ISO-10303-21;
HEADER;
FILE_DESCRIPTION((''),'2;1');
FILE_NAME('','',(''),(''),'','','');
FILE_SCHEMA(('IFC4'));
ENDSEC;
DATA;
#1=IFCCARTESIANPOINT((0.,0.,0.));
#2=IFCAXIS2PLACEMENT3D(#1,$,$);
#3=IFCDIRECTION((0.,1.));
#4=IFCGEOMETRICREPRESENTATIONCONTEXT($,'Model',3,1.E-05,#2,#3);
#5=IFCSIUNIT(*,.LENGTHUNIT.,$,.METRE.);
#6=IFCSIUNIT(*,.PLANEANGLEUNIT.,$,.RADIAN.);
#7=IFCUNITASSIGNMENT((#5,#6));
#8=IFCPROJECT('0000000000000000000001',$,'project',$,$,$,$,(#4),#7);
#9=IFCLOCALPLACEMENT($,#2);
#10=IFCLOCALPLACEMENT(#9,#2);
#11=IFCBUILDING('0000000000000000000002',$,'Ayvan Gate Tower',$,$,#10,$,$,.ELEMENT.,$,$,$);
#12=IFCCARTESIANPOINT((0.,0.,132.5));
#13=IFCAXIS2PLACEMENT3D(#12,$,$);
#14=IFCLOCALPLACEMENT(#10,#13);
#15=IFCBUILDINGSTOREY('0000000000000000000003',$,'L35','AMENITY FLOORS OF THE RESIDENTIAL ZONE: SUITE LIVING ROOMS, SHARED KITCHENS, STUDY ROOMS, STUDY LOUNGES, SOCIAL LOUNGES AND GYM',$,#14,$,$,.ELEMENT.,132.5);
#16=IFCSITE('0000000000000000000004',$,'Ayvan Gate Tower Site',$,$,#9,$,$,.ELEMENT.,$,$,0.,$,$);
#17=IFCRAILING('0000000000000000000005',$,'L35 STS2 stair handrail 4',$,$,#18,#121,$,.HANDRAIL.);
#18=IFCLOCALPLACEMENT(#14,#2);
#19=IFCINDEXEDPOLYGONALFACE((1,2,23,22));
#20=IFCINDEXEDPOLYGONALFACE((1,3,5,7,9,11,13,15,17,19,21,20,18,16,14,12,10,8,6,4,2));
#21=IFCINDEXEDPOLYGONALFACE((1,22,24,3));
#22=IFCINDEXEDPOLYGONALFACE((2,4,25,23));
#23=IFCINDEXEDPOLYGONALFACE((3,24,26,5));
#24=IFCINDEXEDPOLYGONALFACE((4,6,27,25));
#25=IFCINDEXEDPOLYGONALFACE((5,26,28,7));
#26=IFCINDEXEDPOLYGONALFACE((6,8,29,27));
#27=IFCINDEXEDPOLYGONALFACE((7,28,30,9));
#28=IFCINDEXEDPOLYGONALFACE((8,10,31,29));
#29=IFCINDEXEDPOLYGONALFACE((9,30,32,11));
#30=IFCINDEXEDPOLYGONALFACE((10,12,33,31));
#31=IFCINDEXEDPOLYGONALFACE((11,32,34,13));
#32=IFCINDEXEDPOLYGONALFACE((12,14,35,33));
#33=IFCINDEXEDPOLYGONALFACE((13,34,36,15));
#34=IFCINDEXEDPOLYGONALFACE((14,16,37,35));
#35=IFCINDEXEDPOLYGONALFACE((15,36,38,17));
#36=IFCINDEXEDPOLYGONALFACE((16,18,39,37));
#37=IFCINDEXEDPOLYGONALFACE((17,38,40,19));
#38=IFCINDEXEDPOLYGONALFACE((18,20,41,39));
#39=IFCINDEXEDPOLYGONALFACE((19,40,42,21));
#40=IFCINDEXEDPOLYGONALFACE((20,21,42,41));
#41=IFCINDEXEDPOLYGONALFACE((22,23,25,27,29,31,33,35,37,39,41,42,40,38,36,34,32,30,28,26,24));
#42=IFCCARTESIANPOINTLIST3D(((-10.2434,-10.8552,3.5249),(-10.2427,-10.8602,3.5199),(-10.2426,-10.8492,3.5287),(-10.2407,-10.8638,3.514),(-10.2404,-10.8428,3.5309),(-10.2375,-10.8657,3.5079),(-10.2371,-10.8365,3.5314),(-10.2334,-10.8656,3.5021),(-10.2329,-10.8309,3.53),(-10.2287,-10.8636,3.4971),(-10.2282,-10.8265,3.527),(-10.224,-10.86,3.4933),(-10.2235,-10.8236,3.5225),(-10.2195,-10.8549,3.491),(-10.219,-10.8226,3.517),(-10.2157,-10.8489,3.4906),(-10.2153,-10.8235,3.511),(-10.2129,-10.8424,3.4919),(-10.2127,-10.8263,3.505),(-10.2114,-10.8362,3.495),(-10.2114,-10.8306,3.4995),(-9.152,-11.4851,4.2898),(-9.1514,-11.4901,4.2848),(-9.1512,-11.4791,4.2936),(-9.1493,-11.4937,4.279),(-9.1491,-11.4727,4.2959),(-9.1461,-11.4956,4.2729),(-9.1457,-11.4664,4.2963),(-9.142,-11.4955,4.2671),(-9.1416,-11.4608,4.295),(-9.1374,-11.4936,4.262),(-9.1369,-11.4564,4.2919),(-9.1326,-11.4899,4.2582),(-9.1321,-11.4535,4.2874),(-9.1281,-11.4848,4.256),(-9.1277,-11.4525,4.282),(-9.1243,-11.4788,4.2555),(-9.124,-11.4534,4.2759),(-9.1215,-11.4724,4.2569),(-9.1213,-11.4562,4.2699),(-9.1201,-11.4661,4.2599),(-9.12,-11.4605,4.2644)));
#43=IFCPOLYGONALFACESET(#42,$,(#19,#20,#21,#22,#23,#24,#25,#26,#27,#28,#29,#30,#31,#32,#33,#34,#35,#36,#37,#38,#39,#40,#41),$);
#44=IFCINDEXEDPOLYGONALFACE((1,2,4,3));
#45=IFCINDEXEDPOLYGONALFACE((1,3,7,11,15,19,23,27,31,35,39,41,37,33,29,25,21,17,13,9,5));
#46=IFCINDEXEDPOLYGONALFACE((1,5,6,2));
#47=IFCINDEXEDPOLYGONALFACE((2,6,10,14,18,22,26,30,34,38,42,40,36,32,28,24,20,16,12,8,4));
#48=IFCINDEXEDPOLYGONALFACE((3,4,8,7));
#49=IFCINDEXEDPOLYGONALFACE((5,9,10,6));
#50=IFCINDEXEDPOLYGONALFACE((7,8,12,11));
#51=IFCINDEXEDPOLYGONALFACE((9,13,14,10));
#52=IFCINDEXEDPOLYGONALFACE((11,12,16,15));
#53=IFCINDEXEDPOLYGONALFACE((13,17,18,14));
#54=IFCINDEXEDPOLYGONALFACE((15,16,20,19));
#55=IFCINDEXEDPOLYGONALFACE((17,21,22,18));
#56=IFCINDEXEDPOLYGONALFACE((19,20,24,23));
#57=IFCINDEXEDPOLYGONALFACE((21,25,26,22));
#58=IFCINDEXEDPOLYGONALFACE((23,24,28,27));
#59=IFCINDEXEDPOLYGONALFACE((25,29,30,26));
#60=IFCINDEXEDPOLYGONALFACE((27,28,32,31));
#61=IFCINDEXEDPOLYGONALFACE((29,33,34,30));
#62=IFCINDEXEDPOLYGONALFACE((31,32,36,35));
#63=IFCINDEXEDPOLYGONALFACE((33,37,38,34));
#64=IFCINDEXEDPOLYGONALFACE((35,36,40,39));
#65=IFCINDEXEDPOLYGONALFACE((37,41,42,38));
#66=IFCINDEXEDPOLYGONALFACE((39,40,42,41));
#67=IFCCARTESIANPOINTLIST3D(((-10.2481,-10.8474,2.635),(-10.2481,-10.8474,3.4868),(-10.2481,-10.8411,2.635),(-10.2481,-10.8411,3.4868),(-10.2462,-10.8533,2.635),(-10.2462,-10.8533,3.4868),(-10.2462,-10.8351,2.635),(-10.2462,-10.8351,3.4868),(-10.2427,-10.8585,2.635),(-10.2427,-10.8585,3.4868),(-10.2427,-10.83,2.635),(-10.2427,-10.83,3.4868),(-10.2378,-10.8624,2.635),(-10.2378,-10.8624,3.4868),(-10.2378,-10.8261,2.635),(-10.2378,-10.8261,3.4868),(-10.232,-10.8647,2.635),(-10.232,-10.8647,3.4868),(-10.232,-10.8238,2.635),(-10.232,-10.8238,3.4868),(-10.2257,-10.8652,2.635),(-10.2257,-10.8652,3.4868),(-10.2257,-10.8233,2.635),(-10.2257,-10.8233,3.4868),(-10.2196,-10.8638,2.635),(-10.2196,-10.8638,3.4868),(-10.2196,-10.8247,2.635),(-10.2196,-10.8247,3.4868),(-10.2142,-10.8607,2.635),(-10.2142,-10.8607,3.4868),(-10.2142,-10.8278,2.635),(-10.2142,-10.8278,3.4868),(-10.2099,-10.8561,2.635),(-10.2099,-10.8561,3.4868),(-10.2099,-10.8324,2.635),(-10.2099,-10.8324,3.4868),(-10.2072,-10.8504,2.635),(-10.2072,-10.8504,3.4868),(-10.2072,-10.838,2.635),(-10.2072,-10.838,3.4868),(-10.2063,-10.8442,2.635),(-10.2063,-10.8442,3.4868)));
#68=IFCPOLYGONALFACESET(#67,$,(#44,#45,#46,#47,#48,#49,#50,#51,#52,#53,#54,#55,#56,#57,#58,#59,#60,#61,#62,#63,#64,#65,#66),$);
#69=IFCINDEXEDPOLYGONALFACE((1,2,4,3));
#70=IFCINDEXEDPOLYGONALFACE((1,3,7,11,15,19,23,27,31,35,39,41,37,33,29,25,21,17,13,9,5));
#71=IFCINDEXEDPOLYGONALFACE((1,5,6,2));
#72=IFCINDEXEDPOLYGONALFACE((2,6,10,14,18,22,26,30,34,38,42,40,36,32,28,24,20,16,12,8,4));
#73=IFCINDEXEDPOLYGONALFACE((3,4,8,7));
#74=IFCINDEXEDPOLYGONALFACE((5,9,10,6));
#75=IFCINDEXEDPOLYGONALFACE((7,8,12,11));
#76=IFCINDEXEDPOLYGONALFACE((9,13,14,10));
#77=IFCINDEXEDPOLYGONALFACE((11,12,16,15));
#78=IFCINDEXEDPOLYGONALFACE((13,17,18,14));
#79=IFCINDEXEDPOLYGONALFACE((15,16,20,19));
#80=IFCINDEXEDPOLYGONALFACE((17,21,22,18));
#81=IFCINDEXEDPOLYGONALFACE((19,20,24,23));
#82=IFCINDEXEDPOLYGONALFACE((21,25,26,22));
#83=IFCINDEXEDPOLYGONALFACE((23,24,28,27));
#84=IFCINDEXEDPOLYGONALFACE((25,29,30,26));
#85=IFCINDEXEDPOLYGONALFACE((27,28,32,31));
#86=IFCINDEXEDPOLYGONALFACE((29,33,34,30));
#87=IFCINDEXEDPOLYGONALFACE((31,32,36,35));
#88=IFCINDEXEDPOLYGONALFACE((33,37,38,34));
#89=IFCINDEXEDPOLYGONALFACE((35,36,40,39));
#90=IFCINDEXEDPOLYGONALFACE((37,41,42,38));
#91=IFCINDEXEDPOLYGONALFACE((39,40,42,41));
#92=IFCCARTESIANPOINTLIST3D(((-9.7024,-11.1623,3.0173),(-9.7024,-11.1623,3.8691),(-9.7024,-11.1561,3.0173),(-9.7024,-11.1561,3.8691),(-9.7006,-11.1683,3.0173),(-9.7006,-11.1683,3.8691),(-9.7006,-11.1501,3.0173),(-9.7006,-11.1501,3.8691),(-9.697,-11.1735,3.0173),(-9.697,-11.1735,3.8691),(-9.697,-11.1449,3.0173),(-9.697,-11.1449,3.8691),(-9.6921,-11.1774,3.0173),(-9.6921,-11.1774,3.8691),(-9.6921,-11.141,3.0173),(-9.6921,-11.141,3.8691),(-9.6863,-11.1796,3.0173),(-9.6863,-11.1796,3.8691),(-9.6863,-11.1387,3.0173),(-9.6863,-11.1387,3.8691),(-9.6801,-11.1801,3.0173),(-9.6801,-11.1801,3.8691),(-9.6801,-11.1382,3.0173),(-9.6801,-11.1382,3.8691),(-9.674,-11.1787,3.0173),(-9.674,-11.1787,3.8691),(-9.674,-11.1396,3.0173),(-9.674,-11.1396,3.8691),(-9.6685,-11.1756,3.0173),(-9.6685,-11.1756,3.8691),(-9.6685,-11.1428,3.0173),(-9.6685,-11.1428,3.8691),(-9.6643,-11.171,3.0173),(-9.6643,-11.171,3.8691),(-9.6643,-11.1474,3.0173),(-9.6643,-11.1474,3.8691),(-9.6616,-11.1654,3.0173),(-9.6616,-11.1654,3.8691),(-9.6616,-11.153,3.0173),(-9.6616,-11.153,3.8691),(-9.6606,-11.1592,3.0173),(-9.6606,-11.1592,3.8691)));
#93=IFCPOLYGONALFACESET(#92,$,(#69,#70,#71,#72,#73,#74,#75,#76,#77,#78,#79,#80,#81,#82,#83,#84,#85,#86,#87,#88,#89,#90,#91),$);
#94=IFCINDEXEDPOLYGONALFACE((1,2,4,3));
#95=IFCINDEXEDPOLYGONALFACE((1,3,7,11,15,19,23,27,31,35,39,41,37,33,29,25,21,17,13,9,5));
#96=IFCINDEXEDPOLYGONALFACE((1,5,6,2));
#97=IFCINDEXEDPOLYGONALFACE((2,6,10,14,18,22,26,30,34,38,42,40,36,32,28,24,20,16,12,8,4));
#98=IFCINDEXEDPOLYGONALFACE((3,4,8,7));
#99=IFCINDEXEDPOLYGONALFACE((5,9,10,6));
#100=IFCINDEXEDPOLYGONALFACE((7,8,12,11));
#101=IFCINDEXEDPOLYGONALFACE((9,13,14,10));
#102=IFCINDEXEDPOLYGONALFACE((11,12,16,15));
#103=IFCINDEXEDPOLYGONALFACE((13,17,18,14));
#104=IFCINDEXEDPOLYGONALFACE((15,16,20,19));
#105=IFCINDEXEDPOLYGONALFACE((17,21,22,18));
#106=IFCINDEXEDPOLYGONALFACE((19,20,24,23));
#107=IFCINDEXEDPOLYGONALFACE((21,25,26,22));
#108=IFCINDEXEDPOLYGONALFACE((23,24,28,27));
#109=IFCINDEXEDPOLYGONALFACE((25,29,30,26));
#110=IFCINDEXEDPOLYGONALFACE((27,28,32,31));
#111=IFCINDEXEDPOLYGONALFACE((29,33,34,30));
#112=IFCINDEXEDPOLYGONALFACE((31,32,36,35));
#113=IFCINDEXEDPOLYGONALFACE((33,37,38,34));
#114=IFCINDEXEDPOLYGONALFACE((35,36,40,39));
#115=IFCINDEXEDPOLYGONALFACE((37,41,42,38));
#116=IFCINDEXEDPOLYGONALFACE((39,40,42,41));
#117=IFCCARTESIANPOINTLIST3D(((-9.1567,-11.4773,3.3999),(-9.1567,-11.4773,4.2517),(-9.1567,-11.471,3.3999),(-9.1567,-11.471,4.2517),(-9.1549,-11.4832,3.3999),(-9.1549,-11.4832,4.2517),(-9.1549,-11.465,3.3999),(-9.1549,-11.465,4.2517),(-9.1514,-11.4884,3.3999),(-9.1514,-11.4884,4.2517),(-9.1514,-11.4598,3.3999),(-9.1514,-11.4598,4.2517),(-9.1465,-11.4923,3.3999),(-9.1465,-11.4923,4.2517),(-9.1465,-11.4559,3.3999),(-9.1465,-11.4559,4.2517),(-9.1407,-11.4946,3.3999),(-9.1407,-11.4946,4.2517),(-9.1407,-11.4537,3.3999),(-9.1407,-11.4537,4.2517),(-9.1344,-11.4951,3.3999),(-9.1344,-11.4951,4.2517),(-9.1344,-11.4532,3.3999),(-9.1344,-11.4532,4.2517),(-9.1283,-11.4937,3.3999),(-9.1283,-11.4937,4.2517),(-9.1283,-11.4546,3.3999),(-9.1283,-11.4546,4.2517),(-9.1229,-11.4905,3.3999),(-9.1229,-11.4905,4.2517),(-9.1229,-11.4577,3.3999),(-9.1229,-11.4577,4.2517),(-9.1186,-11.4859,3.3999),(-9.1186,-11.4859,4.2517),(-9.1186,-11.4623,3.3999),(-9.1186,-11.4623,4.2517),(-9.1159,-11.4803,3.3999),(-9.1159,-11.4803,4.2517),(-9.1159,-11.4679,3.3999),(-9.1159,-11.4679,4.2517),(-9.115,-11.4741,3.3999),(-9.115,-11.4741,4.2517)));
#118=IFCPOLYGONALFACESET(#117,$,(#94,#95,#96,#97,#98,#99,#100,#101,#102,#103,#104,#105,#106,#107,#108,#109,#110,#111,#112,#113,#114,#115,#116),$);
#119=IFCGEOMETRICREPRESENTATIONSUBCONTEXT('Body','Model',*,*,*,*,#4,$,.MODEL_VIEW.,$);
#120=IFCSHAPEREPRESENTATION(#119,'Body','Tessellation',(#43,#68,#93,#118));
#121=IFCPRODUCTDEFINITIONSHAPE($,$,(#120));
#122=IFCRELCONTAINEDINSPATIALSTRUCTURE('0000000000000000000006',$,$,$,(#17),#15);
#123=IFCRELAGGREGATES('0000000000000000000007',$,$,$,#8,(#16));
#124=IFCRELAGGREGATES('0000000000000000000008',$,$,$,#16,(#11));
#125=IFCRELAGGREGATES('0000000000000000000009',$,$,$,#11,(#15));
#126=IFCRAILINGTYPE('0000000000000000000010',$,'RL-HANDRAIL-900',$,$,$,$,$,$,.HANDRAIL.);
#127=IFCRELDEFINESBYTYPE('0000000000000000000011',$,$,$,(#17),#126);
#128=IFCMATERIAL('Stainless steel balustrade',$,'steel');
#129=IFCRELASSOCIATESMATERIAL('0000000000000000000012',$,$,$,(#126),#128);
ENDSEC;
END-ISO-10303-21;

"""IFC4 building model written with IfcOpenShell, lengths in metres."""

from ifc_helpers import new_model, si_unit, direction, frame, origin, origin_2d, place, context, subcontext, project, spatial, circle, extrude, material, type_object, element, save


model = new_model("IFC4")

# Units and contexts
model_context = context("Model", 3, precision=1e-05, world=origin(), true_north=direction((0.0, 1.0)))
body_context = subcontext(model_context, "Body", "Model", "MODEL_VIEW")
ifc_project = project(units=[si_unit("LENGTHUNIT", "METRE"), si_unit("PLANEANGLEUNIT", "RADIAN")], contexts=[model_context])

# Site, building, storey
site_placement = place(None, origin())
site = spatial("IfcSite", under=ifc_project, at=site_placement, Name="Ayvan Gate Tower Site", CompositionType="ELEMENT", RefElevation=0.0)
building_placement = place(site_placement, origin())
building = spatial("IfcBuilding", under=site, at=building_placement, Name="Ayvan Gate Tower", CompositionType="ELEMENT")
storey_placement = place(building_placement, frame((0.0, 0.0, 132.5)))
storey = spatial("IfcBuildingStorey", under=building, at=storey_placement, Name="L35", Description="AMENITY FLOORS OF THE RESIDENTIAL ZONE: SUITE LIVING ROOMS, SHARED KITCHENS, STUDY ROOMS, STUDY LOUNGES, SOCIAL LOUNGES AND GYM", CompositionType="ELEMENT", Elevation=132.5)

# Railing
ifc_material_1 = material(Name="Stainless steel balustrade", Category="steel")
railing_type_1 = type_object("IfcRailingType", Name="RL-HANDRAIL-900", PredefinedType="HANDRAIL", material=ifc_material_1)
railing_1_placement = place(storey_placement, frame((-10.2273, -10.8442, 2.635)))
element("IfcRailing", 1, at=railing_1_placement, inside=storey, type_object=railing_type_1, Name="L35 STS2 stair handrail 4", PredefinedType="HANDRAIL", context=body_context, shape_type="SweptSolid", body=[
    extrude(circle(Radius=0.0239, at=origin_2d()), frame((0.0, 0.0, 0.876), z_axis=(0.740357, -0.42732, 0.518912), x_axis=(0.49989, 0.866089, 0.0)), (0.0, 0.0, 1.0), 1.4741),
    extrude(circle(Radius=0.021, at=origin_2d()), origin(), (0.0, 0.0, 1.0), 0.8518),
    extrude(circle(Radius=0.021, at=origin_2d()), frame((0.5457, -0.3149, 0.3823)), (0.0, 0.0, 1.0), 0.8518),
    extrude(circle(Radius=0.021, at=origin_2d()), frame((1.0913, -0.6299, 0.7649)), (0.0, 0.0, 1.0), 0.8518),
])

save(model, "model.ifc")
